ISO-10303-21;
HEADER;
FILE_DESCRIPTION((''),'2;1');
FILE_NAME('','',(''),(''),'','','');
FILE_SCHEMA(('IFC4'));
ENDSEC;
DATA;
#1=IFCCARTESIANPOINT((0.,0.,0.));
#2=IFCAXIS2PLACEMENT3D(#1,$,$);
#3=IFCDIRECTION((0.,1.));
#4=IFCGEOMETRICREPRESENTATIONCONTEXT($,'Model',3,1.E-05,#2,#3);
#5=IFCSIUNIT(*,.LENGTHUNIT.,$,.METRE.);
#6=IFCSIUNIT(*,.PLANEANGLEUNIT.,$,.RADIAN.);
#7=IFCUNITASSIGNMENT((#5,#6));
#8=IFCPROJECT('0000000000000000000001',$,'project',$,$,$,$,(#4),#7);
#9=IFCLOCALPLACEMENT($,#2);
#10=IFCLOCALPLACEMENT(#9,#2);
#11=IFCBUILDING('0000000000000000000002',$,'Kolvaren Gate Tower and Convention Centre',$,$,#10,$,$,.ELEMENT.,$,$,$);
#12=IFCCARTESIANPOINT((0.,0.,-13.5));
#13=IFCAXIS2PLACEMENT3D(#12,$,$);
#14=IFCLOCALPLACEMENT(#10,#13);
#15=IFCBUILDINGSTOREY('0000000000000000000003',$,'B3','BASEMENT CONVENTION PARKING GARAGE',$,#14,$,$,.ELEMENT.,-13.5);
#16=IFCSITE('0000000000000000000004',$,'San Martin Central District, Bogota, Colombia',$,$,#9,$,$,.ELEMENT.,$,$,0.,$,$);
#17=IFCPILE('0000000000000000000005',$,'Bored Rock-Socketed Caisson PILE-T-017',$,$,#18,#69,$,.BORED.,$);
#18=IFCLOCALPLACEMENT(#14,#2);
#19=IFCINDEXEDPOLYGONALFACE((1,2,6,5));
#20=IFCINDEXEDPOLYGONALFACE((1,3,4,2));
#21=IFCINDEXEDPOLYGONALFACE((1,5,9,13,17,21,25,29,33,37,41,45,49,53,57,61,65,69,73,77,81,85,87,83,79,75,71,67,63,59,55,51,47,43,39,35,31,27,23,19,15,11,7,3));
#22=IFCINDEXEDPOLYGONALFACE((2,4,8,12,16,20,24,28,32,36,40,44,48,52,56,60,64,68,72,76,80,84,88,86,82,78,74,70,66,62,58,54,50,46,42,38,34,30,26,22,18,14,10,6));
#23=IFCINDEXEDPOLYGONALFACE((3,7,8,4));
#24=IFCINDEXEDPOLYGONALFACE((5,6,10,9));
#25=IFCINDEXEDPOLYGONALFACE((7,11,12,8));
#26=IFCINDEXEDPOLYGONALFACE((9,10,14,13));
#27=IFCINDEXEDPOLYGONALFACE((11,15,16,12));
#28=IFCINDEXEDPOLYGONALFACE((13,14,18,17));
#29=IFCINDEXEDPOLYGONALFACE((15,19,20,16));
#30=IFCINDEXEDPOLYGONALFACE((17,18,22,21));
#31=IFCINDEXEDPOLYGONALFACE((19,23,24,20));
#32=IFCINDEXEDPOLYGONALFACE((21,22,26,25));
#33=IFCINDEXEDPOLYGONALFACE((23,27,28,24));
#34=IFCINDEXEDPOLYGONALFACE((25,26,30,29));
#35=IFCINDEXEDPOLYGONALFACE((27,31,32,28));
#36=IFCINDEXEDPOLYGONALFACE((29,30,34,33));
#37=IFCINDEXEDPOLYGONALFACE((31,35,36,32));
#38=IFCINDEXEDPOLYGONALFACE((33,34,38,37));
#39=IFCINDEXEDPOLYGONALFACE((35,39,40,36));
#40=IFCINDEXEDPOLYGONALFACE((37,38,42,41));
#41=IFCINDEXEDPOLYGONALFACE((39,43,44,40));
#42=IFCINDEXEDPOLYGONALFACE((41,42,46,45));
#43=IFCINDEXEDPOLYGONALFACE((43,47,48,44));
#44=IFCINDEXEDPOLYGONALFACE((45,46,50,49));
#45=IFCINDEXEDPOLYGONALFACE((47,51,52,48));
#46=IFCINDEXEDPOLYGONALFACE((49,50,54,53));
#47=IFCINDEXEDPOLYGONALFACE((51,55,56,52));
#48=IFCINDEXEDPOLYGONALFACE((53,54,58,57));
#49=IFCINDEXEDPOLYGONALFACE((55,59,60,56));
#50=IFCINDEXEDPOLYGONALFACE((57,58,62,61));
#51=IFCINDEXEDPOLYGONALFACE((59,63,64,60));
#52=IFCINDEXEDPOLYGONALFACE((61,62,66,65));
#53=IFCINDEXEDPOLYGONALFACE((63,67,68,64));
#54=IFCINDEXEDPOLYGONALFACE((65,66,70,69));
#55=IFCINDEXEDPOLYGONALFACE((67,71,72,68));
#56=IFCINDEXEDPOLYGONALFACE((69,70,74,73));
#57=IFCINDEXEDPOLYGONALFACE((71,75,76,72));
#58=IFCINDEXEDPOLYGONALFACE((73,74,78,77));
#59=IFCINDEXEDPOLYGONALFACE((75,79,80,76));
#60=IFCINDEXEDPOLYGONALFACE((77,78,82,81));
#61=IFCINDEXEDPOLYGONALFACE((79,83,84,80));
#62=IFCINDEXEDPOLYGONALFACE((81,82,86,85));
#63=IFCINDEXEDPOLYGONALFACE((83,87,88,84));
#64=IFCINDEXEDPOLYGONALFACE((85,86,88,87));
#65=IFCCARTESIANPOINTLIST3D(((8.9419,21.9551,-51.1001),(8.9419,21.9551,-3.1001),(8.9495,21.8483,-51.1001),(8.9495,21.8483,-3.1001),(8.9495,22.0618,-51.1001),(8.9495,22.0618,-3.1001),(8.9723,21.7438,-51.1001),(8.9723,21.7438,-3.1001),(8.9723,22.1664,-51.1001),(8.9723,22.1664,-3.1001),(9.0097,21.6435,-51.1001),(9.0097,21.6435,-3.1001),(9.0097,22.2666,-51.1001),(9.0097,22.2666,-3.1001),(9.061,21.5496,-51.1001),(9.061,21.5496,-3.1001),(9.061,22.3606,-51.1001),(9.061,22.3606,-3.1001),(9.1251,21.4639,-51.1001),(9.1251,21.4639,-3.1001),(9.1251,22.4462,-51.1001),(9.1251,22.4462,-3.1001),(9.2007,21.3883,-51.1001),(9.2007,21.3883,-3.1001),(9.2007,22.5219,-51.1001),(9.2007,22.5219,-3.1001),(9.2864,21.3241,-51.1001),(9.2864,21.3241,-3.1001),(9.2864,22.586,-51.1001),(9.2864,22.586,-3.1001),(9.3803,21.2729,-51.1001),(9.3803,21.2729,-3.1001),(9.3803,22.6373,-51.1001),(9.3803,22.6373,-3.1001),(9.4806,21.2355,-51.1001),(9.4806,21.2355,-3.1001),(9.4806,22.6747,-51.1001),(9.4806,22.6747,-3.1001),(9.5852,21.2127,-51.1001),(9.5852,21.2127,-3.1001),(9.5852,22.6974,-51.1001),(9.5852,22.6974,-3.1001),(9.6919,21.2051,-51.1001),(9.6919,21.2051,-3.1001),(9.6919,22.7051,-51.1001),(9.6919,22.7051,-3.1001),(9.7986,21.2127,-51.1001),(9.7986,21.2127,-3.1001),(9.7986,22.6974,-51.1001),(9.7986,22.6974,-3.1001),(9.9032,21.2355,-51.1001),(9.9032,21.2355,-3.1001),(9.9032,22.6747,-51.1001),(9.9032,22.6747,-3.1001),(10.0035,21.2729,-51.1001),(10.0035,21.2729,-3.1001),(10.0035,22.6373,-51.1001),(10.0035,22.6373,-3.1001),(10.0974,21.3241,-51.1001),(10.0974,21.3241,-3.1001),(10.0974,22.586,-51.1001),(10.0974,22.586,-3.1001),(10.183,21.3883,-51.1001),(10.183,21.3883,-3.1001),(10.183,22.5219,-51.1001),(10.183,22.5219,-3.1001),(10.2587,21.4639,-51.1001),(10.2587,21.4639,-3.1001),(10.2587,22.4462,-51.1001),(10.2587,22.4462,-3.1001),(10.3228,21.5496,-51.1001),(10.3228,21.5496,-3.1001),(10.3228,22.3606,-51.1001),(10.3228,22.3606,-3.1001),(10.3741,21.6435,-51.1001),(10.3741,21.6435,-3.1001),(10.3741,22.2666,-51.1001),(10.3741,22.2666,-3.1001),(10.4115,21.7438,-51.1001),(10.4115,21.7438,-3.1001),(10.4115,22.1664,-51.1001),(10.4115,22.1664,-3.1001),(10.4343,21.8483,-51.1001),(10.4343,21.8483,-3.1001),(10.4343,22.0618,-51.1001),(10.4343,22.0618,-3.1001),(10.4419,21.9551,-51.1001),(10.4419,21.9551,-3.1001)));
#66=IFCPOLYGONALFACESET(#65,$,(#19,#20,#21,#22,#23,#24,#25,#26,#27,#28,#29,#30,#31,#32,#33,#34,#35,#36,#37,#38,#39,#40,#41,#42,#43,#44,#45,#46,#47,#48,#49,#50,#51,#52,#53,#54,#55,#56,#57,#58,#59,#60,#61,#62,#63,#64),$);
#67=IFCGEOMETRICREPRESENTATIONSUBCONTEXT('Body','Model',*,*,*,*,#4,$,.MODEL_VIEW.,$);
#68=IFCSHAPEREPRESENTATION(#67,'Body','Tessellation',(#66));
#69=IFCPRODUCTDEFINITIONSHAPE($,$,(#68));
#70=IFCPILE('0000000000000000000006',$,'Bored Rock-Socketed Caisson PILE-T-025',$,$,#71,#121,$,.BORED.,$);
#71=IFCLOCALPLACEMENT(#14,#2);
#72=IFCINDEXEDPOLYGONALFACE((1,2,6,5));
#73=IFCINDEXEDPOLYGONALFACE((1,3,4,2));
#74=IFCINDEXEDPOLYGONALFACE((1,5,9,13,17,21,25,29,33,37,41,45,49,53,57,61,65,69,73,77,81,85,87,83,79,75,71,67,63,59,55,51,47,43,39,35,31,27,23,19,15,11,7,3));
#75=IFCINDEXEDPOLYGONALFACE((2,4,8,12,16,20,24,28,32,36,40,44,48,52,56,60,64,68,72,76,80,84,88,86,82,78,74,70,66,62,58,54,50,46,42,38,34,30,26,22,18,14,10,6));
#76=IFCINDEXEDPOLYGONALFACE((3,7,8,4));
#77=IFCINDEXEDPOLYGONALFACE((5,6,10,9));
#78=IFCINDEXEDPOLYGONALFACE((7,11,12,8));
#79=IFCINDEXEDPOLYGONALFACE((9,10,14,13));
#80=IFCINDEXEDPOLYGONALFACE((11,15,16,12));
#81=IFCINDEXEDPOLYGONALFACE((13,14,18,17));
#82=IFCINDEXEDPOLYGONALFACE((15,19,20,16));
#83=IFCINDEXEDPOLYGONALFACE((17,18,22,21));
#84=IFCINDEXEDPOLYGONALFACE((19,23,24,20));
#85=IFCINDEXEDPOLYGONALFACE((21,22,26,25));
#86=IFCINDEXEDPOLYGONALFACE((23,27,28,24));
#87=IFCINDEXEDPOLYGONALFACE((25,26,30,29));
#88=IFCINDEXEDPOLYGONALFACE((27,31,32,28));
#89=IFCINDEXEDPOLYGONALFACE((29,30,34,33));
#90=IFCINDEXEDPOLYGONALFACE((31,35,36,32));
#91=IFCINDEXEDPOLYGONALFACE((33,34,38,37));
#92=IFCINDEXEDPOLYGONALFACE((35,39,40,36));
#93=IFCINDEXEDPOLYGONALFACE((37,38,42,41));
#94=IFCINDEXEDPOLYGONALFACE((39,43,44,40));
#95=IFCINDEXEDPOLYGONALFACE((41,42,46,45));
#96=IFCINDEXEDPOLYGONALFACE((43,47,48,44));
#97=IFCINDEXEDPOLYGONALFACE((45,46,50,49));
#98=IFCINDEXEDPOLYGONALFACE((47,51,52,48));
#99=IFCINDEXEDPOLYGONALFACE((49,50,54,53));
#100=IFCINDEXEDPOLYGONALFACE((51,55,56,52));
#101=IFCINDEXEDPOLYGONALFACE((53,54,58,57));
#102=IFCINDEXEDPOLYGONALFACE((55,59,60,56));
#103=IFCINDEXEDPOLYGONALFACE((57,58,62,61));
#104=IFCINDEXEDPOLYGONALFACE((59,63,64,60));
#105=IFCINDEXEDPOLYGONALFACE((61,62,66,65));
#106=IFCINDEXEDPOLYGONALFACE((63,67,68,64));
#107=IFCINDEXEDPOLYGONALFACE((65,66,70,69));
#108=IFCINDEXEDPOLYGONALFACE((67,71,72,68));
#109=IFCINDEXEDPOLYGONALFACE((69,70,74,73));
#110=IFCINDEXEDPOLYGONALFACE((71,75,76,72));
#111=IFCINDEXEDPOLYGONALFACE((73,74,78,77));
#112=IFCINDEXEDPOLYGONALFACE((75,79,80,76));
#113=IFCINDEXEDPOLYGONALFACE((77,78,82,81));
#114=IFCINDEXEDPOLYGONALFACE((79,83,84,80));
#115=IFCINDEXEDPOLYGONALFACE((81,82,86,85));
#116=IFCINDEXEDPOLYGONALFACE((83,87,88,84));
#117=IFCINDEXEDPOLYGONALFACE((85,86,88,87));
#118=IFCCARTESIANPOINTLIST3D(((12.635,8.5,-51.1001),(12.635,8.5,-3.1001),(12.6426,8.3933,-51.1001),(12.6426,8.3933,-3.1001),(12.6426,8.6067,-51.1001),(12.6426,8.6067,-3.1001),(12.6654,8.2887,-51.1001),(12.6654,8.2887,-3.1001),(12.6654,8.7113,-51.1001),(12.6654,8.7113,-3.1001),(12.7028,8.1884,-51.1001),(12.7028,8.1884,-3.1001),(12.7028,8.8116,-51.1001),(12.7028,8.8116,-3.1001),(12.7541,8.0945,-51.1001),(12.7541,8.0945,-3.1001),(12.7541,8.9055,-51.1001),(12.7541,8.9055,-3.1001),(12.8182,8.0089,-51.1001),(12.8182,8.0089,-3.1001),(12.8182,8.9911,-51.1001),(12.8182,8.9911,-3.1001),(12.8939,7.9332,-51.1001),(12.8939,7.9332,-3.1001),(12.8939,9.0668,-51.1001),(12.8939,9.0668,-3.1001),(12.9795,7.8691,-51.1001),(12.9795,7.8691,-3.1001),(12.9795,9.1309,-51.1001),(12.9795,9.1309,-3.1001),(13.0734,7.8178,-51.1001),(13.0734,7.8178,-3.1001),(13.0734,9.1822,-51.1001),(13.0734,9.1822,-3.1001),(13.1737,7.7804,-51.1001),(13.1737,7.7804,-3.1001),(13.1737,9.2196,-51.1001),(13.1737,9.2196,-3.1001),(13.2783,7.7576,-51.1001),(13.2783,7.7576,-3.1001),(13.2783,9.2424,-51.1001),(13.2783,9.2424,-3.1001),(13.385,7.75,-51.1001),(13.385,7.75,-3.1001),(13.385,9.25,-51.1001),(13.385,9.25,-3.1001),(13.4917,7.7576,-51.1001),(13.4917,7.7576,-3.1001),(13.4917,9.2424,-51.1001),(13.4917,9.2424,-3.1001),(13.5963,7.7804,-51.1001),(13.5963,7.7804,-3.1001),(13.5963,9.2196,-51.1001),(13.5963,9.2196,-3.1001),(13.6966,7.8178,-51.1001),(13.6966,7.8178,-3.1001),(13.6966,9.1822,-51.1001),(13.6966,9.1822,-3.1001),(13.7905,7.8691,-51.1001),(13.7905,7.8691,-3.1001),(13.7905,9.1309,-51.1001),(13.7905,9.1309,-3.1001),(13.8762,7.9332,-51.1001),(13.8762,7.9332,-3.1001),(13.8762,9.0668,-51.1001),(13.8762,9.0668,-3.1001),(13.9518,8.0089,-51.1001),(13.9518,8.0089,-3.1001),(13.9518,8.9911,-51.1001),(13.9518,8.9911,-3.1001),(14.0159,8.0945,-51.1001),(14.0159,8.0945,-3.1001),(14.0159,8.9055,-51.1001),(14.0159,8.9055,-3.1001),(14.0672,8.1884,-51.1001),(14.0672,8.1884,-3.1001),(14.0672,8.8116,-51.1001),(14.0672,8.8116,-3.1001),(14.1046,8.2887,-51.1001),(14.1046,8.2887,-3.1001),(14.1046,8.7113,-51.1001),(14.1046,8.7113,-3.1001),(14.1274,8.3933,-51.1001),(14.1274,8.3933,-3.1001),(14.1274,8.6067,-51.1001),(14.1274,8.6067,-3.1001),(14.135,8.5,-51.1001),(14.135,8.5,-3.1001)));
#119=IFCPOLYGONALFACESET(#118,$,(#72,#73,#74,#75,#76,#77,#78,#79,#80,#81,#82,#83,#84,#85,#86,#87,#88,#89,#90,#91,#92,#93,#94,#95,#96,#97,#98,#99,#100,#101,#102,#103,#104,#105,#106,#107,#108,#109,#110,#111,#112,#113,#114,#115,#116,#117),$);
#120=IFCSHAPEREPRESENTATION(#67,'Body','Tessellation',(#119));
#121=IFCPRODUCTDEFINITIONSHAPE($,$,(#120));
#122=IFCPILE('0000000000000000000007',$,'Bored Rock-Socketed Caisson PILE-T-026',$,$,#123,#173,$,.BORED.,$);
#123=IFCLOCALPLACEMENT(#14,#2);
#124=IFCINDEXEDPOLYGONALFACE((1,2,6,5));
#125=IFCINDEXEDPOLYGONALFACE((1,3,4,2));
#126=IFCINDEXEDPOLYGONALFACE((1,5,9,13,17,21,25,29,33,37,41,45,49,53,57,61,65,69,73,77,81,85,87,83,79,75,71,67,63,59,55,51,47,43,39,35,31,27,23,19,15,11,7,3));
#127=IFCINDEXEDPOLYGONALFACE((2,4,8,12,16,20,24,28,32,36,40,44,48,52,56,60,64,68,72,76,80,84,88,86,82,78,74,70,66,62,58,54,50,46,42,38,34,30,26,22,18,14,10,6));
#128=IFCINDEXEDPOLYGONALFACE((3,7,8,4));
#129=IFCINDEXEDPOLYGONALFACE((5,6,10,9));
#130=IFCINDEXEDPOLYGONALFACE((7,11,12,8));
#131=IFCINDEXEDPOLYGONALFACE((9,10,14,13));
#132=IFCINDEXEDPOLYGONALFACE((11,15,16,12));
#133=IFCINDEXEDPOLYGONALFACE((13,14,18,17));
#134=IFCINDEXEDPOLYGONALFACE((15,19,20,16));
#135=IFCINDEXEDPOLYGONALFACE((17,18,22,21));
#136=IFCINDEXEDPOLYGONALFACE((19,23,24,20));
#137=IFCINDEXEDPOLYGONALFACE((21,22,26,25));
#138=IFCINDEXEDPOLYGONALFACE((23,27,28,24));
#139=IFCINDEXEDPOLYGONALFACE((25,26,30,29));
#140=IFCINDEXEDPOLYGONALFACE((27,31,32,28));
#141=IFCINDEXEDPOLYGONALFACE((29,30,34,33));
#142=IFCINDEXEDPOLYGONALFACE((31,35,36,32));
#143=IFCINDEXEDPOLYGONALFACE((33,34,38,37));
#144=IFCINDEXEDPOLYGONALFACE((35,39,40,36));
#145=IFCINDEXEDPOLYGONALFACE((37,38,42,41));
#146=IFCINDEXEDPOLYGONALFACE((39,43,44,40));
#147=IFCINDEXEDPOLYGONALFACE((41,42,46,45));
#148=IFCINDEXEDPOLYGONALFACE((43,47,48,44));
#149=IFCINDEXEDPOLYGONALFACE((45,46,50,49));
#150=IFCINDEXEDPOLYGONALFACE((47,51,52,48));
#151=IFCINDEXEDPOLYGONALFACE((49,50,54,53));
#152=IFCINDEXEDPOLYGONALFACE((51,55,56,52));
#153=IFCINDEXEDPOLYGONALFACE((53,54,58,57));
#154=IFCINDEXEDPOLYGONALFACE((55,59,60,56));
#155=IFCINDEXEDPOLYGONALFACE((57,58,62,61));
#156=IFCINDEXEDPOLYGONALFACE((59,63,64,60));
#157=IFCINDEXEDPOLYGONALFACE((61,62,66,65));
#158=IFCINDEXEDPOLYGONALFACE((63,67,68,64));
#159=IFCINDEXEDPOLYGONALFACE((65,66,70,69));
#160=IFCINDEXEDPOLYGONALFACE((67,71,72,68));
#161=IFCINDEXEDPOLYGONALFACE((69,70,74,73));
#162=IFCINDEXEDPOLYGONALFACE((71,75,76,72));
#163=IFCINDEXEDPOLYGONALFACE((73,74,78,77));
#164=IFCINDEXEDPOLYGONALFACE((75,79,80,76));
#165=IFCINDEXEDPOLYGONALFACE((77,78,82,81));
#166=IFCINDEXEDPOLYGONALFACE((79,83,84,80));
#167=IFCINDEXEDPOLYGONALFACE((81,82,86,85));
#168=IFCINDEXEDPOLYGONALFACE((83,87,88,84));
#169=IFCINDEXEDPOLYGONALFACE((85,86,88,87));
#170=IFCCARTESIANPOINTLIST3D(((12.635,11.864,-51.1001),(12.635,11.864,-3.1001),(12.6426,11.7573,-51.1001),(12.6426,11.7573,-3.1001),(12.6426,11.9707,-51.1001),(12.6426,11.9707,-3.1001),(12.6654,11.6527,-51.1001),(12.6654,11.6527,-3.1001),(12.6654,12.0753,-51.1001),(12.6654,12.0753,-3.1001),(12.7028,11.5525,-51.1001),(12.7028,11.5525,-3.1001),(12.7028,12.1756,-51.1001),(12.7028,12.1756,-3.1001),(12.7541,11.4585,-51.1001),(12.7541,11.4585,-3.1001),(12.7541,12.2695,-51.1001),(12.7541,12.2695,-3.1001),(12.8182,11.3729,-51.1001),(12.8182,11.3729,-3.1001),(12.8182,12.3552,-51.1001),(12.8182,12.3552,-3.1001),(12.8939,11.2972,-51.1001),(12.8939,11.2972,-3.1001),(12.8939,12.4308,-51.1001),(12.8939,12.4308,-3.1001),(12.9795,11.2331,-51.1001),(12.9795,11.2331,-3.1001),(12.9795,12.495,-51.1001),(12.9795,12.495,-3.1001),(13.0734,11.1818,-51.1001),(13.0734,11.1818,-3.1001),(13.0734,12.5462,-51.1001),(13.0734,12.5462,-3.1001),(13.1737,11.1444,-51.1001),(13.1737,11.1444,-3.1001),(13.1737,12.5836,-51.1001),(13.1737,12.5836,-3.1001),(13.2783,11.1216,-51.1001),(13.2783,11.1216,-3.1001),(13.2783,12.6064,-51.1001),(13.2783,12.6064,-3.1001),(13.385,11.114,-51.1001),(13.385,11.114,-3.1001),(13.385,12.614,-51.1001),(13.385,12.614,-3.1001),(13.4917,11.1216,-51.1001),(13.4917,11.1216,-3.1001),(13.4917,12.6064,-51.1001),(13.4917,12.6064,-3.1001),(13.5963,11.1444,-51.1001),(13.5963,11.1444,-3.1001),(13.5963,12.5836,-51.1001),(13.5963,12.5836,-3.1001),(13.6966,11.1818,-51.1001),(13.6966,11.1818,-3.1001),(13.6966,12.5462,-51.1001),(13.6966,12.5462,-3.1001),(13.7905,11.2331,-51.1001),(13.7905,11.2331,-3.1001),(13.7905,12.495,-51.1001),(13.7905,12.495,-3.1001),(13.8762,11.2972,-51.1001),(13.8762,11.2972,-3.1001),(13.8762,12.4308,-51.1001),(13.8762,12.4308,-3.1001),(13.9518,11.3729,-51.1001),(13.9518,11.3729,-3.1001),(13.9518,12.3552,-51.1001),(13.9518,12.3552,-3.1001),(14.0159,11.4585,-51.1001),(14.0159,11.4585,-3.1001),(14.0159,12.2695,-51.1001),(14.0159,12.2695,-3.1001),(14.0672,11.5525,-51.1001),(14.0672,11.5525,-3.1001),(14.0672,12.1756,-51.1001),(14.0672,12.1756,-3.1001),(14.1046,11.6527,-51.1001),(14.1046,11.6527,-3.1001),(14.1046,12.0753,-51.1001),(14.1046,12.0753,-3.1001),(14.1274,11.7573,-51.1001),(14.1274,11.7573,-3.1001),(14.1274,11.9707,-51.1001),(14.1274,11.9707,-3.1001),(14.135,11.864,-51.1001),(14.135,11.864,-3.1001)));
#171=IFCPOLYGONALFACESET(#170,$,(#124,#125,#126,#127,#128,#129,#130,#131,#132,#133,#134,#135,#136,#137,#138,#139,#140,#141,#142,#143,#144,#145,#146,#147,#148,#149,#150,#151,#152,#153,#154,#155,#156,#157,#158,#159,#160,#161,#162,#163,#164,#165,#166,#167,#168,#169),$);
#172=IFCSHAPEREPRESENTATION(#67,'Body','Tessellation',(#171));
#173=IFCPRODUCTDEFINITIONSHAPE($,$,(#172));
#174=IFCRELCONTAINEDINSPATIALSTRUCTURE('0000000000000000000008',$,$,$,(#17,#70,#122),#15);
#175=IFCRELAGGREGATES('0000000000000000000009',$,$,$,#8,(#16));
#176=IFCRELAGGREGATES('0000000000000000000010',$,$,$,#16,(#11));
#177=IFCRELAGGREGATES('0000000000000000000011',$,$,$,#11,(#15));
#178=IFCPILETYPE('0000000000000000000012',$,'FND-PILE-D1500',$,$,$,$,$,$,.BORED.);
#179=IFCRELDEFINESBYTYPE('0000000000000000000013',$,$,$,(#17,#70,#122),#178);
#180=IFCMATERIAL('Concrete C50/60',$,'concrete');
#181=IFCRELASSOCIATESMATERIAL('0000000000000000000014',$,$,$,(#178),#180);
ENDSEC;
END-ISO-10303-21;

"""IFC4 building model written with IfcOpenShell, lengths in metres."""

from ifc_helpers import new_model, si_unit, direction, frame, origin, origin_2d, place, context, subcontext, project, spatial, circle, extrude, material, material_profile, profile_set, type_object, element, save


model = new_model("IFC4")

# Units and contexts
model_context = context("Model", 3, precision=1e-05, world=origin(), true_north=direction((0.0, 1.0)))
body_context = subcontext(model_context, "Body", "Model", "MODEL_VIEW")
ifc_project = project(units=[si_unit("LENGTHUNIT", "METRE"), si_unit("PLANEANGLEUNIT", "RADIAN")], contexts=[model_context])

# Site, building, storey
site_placement = place(None, origin())
site = spatial("IfcSite", under=ifc_project, at=site_placement, Name="San Martin Central District, Bogota, Colombia", CompositionType="ELEMENT", RefElevation=0.0)
building_placement = place(site_placement, origin())
building = spatial("IfcBuilding", under=site, at=building_placement, Name="Kolvaren Gate Tower and Convention Centre", CompositionType="ELEMENT")
storey_placement = place(building_placement, frame((0.0, 0.0, -13.5)))
storey = spatial("IfcBuildingStorey", under=building, at=storey_placement, Name="B3", Description="BASEMENT CONVENTION PARKING GARAGE", CompositionType="ELEMENT", Elevation=-13.5)

# Piles
ifc_material_1 = material(Name="Concrete C50/60", Category="concrete")
ifc_material_profile_1 = material_profile(ifc_material_1, circle(Radius=0.75, at=origin_2d()), Name="CAISSON-D1500")
ifc_profile_set_1 = profile_set([ifc_material_profile_1], Name="Concrete C50/60")
pile_type = type_object("IfcPileType", Name="FND-PILE-D1500", PredefinedType="BORED", material=ifc_profile_set_1)
for number, where, z_axis, x_axis, name in (
    (1, (9.6919, 21.9551, -3.1001), (0.0, 0.0, -1.0), (1.0, 0.0, 0.0), "Bored Rock-Socketed Caisson PILE-T-017"),
    (2, (13.385, 8.5, -3.1001), (0.0, 0.0, -1.0), (1.0, 0.0, 0.0), "Bored Rock-Socketed Caisson PILE-T-025"),
    (3, (13.385, 11.864, -3.1001), (0.0, 0.0, -1.0), (1.0, 0.0, 0.0), "Bored Rock-Socketed Caisson PILE-T-026"),
):
    element("IfcPile", number, at=place(storey_placement, frame(where, z_axis=z_axis, x_axis=x_axis)), inside=storey, type_object=pile_type, Name=name, PredefinedType="BORED", context=body_context, shape_type="SweptSolid", body=[
        extrude(circle(Radius=0.75, at=origin_2d()), origin(), (0.0, 0.0, 1.0), 48.0),
    ])

save(model, "model.ifc")
